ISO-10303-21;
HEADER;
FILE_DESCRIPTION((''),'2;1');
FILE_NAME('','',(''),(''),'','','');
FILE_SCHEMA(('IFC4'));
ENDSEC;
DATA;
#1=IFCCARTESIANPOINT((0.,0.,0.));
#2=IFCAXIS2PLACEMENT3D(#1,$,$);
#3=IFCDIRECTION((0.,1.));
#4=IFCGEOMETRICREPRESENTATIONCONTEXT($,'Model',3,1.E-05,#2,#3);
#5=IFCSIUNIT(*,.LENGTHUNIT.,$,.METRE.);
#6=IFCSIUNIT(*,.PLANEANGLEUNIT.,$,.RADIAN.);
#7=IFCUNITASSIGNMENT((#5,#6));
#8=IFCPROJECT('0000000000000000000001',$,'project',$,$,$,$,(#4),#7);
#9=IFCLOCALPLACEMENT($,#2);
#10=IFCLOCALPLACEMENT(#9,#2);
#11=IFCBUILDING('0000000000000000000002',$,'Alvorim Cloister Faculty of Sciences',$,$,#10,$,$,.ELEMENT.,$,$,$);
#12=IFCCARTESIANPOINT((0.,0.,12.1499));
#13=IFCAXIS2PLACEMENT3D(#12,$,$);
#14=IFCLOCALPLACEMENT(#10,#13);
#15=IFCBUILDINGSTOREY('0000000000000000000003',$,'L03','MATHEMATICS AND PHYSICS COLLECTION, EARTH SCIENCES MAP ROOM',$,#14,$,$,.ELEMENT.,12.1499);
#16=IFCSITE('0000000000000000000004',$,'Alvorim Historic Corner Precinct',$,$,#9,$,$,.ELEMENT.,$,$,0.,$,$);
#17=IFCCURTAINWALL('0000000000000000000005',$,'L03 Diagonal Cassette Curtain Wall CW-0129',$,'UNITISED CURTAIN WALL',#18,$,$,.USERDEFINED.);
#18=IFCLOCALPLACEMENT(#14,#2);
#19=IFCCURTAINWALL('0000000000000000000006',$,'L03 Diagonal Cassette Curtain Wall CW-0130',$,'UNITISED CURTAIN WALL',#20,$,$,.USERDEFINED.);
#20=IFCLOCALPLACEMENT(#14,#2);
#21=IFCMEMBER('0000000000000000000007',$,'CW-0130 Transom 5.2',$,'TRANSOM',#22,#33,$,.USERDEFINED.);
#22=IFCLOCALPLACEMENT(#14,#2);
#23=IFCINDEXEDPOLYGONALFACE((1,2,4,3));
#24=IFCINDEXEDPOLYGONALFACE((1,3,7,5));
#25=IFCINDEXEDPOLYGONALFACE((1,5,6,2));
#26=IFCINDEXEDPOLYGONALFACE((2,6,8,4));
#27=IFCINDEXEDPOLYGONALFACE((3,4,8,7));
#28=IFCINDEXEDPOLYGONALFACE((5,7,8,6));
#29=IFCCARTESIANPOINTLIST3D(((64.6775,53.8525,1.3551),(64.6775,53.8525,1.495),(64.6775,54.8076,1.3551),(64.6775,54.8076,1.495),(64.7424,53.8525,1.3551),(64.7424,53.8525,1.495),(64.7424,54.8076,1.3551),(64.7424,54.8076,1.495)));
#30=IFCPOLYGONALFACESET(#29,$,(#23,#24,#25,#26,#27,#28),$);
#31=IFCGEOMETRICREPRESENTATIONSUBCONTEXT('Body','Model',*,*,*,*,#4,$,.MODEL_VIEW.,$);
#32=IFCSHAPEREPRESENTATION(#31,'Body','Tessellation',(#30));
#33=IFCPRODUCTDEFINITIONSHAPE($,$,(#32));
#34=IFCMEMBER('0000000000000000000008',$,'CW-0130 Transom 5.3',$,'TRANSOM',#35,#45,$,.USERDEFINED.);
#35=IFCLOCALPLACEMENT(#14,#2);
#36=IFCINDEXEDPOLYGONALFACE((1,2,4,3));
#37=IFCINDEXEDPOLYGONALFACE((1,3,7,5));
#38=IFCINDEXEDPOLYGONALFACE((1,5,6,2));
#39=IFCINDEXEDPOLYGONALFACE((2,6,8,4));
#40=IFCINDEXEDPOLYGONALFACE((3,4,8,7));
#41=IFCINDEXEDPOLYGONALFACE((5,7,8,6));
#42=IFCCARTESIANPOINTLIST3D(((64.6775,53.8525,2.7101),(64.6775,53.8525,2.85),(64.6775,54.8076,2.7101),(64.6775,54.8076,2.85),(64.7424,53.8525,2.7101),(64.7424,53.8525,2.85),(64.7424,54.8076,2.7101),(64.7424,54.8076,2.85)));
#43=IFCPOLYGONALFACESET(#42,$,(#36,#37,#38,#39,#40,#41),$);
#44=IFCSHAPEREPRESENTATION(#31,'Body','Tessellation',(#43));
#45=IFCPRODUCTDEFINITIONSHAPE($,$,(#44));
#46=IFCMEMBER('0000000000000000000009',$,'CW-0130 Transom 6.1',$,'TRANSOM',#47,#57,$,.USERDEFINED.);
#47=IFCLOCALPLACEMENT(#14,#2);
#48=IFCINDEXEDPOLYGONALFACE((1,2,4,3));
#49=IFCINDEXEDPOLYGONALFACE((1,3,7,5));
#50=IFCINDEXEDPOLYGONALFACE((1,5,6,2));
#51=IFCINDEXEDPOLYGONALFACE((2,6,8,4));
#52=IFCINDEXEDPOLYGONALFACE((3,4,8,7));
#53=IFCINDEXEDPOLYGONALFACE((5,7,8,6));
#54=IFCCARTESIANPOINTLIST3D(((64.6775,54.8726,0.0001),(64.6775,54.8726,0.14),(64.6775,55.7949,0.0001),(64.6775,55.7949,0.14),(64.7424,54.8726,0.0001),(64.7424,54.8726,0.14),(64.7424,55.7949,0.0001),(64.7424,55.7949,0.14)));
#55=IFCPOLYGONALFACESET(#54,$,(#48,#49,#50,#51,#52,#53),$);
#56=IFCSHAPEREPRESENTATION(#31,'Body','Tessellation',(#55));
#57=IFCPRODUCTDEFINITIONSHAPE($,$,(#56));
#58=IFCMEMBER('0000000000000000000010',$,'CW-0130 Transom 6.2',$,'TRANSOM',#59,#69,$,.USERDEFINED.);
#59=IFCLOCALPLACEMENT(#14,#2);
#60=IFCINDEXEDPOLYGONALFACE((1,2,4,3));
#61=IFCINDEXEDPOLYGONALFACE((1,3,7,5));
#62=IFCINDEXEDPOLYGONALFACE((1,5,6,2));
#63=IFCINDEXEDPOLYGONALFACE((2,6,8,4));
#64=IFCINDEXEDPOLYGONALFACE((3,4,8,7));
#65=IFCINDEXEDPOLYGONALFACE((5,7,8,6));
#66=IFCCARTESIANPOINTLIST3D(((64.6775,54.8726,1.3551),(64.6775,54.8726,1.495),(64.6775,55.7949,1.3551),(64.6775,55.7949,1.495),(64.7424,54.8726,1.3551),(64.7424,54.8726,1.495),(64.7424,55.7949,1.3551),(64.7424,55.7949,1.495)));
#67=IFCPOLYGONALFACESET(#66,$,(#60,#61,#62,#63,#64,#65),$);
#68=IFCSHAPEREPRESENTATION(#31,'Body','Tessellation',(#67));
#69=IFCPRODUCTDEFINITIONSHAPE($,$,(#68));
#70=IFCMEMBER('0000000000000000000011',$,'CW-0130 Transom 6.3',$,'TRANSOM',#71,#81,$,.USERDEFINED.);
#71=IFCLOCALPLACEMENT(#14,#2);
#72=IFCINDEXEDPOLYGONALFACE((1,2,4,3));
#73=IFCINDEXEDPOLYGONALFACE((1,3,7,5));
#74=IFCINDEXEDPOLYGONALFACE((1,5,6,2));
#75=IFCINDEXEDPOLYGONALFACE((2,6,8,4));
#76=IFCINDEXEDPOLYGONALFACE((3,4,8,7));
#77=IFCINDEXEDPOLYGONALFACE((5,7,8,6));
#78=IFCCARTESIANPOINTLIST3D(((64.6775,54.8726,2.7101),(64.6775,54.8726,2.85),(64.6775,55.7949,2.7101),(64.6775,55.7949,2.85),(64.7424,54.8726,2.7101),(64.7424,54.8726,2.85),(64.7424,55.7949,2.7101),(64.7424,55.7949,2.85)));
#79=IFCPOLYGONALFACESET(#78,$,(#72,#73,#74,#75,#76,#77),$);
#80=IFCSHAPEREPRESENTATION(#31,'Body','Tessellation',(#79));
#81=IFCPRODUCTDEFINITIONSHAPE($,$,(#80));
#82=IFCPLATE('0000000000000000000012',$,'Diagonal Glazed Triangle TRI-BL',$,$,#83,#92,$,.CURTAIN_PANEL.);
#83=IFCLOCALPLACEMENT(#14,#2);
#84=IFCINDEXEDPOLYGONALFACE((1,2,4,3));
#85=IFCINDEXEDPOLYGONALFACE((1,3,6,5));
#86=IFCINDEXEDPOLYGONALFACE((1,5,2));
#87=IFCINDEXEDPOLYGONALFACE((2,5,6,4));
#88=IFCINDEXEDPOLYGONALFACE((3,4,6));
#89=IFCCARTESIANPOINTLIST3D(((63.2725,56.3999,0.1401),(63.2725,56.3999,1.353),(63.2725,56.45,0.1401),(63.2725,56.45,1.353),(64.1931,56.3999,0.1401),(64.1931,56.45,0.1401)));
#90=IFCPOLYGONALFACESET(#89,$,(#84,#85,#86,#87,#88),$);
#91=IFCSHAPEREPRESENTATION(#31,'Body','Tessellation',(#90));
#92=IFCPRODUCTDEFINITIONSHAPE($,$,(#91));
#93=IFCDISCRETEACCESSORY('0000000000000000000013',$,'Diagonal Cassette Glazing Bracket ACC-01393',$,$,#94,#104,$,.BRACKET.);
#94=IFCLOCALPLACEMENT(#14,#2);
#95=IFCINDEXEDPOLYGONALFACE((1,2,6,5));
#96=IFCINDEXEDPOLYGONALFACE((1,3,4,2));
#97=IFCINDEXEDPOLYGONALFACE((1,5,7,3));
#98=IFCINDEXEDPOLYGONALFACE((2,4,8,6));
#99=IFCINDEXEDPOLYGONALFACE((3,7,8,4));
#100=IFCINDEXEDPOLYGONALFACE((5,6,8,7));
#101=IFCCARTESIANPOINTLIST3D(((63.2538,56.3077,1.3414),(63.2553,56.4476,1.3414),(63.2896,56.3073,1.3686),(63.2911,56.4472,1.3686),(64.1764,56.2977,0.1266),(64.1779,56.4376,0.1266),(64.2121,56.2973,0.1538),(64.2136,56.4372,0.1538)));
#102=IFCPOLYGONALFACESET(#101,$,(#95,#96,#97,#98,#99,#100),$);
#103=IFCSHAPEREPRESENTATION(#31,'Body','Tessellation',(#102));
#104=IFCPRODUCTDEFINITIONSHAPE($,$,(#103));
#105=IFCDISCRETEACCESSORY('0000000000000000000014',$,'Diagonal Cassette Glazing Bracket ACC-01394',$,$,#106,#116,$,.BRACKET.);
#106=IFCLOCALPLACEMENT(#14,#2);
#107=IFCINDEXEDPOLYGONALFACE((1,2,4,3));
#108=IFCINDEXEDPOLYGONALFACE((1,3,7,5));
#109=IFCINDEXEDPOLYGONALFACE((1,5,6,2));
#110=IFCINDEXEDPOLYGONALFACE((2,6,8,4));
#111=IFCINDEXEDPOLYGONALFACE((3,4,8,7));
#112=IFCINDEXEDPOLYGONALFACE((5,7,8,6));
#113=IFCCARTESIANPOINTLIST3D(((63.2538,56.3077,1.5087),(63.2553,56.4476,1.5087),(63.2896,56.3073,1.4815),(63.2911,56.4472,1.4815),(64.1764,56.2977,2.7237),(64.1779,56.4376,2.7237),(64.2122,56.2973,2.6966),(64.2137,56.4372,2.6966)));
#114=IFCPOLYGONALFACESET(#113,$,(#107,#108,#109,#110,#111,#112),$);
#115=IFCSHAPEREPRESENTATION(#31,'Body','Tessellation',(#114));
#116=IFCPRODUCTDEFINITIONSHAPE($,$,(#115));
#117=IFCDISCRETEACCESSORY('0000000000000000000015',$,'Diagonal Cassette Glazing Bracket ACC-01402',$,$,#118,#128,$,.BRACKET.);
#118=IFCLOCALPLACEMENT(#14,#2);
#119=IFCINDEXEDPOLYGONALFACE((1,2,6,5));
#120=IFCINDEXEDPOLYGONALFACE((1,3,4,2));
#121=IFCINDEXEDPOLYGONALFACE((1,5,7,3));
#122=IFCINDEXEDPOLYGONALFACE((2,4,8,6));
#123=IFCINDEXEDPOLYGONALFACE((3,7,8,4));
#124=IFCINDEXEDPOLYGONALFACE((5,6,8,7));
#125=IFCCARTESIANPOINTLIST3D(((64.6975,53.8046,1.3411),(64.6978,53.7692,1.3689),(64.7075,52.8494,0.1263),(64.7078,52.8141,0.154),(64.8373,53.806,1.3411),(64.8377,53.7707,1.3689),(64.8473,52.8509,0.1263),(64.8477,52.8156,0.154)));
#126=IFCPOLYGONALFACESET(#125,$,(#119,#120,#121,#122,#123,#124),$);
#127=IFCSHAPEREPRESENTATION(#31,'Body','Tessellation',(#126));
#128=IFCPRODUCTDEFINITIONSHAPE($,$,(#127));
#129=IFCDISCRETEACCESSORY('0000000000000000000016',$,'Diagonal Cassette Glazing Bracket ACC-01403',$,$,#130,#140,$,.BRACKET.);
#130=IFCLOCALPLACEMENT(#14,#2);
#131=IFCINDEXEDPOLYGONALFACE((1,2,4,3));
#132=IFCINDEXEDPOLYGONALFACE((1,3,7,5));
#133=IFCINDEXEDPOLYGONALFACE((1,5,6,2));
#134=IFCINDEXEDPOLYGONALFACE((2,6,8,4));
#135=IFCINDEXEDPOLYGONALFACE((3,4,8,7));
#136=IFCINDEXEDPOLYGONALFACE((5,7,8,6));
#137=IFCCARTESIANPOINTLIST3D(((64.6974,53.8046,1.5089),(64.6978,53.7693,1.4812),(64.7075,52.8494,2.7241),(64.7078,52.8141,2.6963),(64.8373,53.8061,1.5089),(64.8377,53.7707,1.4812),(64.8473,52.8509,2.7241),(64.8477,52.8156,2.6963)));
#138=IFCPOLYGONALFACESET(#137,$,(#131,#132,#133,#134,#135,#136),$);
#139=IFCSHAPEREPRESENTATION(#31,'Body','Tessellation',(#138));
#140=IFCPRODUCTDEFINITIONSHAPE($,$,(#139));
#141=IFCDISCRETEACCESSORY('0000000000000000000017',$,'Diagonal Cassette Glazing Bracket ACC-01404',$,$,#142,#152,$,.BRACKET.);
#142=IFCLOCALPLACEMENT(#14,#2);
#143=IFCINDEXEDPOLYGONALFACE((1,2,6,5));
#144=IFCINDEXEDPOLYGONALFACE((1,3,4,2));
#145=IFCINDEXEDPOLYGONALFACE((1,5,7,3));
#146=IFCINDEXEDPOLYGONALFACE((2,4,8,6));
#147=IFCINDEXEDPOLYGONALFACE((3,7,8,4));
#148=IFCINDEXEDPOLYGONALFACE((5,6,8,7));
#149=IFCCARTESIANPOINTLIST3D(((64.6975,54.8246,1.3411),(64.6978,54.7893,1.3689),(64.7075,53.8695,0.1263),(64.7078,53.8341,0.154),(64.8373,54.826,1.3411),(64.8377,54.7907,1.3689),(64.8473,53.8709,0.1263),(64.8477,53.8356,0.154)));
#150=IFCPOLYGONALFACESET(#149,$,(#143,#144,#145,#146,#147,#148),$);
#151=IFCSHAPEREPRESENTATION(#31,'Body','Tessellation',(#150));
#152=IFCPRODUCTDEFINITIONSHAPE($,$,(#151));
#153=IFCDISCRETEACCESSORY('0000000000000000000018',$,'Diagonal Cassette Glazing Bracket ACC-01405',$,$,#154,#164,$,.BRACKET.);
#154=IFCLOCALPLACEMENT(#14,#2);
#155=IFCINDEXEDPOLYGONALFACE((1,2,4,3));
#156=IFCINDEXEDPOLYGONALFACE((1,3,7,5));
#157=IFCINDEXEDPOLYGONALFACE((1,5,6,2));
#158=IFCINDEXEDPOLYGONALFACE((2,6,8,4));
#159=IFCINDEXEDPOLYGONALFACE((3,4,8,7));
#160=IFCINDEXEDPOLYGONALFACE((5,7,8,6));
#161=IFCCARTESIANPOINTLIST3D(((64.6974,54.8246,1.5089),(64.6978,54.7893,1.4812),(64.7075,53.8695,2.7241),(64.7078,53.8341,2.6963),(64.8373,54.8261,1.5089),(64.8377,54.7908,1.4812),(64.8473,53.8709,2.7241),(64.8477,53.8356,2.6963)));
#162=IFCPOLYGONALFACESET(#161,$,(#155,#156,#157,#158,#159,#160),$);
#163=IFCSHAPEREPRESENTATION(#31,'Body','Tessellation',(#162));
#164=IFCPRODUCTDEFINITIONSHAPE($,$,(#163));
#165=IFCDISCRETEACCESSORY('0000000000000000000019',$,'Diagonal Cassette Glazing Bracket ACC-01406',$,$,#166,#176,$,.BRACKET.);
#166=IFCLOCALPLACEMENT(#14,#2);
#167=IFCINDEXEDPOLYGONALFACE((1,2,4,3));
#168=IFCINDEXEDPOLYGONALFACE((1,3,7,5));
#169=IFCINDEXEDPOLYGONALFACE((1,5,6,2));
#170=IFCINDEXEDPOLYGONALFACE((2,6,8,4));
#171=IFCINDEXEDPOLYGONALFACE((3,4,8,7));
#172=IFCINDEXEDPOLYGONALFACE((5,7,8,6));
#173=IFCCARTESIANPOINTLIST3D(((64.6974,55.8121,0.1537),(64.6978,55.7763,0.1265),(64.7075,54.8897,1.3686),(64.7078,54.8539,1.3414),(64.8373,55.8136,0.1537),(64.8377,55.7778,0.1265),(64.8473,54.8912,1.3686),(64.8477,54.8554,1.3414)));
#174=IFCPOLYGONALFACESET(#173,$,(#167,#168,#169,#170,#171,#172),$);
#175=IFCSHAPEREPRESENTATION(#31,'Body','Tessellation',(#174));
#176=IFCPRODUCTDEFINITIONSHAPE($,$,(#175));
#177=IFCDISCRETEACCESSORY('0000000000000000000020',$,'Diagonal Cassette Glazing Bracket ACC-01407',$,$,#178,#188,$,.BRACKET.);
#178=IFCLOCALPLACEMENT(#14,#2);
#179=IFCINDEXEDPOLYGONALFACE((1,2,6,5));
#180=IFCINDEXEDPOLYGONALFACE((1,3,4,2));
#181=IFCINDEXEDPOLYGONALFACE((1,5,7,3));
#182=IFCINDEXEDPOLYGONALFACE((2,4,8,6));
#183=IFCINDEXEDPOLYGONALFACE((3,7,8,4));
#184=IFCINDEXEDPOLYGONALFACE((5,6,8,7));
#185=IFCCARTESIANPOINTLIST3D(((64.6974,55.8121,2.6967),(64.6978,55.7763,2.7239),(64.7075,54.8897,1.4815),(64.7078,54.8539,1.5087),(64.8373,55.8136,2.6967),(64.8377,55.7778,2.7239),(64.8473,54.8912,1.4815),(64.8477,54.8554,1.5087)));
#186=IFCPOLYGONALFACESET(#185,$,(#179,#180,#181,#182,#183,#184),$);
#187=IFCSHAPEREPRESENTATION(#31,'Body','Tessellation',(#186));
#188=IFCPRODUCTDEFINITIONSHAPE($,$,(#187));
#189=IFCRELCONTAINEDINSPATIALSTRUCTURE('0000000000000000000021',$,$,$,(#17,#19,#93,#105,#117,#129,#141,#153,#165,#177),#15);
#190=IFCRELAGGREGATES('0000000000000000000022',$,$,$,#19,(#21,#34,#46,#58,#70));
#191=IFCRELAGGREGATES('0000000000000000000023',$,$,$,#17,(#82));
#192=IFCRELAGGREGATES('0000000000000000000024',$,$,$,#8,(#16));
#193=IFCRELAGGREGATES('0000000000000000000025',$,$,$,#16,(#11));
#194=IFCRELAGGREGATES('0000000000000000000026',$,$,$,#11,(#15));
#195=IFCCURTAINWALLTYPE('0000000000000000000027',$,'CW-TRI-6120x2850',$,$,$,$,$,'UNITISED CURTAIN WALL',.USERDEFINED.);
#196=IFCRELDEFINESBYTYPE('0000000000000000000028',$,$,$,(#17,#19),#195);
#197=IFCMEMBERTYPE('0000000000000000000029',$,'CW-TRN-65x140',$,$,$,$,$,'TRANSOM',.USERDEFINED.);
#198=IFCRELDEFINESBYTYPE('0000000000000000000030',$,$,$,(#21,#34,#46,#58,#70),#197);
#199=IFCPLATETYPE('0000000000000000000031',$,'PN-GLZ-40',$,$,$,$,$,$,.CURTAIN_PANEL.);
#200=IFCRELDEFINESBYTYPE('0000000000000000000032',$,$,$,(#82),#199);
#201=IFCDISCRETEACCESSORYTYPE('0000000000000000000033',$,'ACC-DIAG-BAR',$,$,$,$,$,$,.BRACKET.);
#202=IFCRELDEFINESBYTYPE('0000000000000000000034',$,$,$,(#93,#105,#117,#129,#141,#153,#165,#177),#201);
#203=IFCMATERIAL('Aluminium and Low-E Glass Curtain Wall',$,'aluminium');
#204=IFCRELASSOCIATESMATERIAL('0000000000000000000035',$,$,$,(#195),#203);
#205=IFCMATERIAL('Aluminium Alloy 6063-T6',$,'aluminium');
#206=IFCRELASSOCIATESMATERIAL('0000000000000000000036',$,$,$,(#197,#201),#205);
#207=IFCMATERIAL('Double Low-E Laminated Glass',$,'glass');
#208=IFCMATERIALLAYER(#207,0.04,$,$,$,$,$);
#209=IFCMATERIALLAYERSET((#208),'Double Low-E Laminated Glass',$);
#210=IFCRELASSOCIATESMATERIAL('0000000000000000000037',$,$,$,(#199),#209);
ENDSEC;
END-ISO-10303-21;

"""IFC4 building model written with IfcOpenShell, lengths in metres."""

from ifc_helpers import new_model, si_unit, direction, frame, origin, origin_2d, place, context, subcontext, project, spatial, polyline, rectangle, outline, extrude, material, layer, layer_set, material_profile, profile_set, type_object, element, aggregate, save


model = new_model("IFC4")

# Units and contexts
model_context = context("Model", 3, precision=1e-05, world=origin(), true_north=direction((0.0, 1.0)))
body_context = subcontext(model_context, "Body", "Model", "MODEL_VIEW")
ifc_project = project(units=[si_unit("LENGTHUNIT", "METRE"), si_unit("PLANEANGLEUNIT", "RADIAN")], contexts=[model_context])

# Site, building, storey
site_placement = place(None, origin())
site = spatial("IfcSite", under=ifc_project, at=site_placement, Name="Alvorim Historic Corner Precinct", CompositionType="ELEMENT", RefElevation=0.0)
building_placement = place(site_placement, origin())
building = spatial("IfcBuilding", under=site, at=building_placement, Name="Alvorim Cloister Faculty of Sciences", CompositionType="ELEMENT")
storey_placement = place(building_placement, frame((0.0, 0.0, 12.1499)))
storey = spatial("IfcBuildingStorey", under=building, at=storey_placement, Name="L03", Description="MATHEMATICS AND PHYSICS COLLECTION, EARTH SCIENCES MAP ROOM", CompositionType="ELEMENT", Elevation=12.1499)

# Curtain walls
ifc_material_1 = material(Name="Aluminium and Low-E Glass Curtain Wall", Category="aluminium")
curtain_wall_type = type_object("IfcCurtainWallType", Name="CW-TRI-6120x2850", ElementType="UNITISED CURTAIN WALL", PredefinedType="USERDEFINED", material=ifc_material_1)
curtain_wall_1_placement = place(storey_placement, origin())
curtain_wall_1 = element("IfcCurtainWall", 1, at=curtain_wall_1_placement, inside=storey, type_object=curtain_wall_type, Name="L03 Diagonal Cassette Curtain Wall CW-0129", ObjectType="UNITISED CURTAIN WALL", PredefinedType="USERDEFINED")
ifc_material_2 = material(Name="Aluminium Alloy 6063-T6", Category="aluminium")
curtain_wall_2_placement = place(storey_placement, origin())
curtain_wall_2 = element("IfcCurtainWall", 2, at=curtain_wall_2_placement, inside=storey, type_object=curtain_wall_type, Name="L03 Diagonal Cassette Curtain Wall CW-0130", ObjectType="UNITISED CURTAIN WALL", PredefinedType="USERDEFINED")

# Members
ifc_material_profile_1 = material_profile(ifc_material_2, rectangle(XDim=0.0649, YDim=0.1399, at=origin_2d()), Name="ALU-TRN-65x140")
ifc_profile_set_1 = profile_set([ifc_material_profile_1], Name="Aluminium Alloy 6063-T6")
member_type_1 = type_object("IfcMemberType", Name="CW-TRN-65x140", ElementType="TRANSOM", PredefinedType="USERDEFINED", material=ifc_profile_set_1)
member_1_placement = place(storey_placement, frame((64.71, 53.8525, 1.425), z_axis=(0.0, 1.0, 0.0), x_axis=(-1.0, 0.0, 0.0)))
member_1 = element("IfcMember", 3, at=member_1_placement, type_object=member_type_1, Name="CW-0130 Transom 5.2", ObjectType="TRANSOM", PredefinedType="USERDEFINED", context=body_context, shape_type="SweptSolid", body=[
    extrude(rectangle(XDim=0.0649, YDim=0.1399, at=origin_2d()), origin(), (0.0, 0.0, 1.0), 0.9551),
])
member_2_placement = place(storey_placement, frame((64.71, 53.8525, 2.78), z_axis=(0.0, 1.0, 0.0), x_axis=(-1.0, 0.0, 0.0)))
member_2 = element("IfcMember", 4, at=member_2_placement, type_object=member_type_1, Name="CW-0130 Transom 5.3", ObjectType="TRANSOM", PredefinedType="USERDEFINED", context=body_context, shape_type="SweptSolid", body=[
    extrude(rectangle(XDim=0.0649, YDim=0.1399, at=origin_2d()), origin(), (0.0, 0.0, 1.0), 0.9551),
])
member_3_placement = place(storey_placement, frame((64.71, 54.8726, 0.0701), z_axis=(0.0, 1.0, 0.0), x_axis=(-1.0, 0.0, 0.0)))
member_3 = element("IfcMember", 5, at=member_3_placement, type_object=member_type_1, Name="CW-0130 Transom 6.1", ObjectType="TRANSOM", PredefinedType="USERDEFINED", context=body_context, shape_type="SweptSolid", body=[
    extrude(rectangle(XDim=0.0649, YDim=0.1399, at=origin_2d()), origin(), (0.0, 0.0, 1.0), 0.9224),
])
member_4_placement = place(storey_placement, frame((64.71, 54.8726, 1.425), z_axis=(0.0, 1.0, 0.0), x_axis=(-1.0, 0.0, 0.0)))
member_4 = element("IfcMember", 6, at=member_4_placement, type_object=member_type_1, Name="CW-0130 Transom 6.2", ObjectType="TRANSOM", PredefinedType="USERDEFINED", context=body_context, shape_type="SweptSolid", body=[
    extrude(rectangle(XDim=0.0649, YDim=0.1399, at=origin_2d()), origin(), (0.0, 0.0, 1.0), 0.9224),
])
member_5_placement = place(storey_placement, frame((64.71, 54.8726, 2.78), z_axis=(0.0, 1.0, 0.0), x_axis=(-1.0, 0.0, 0.0)))
member_5 = element("IfcMember", 7, at=member_5_placement, type_object=member_type_1, Name="CW-0130 Transom 6.3", ObjectType="TRANSOM", PredefinedType="USERDEFINED", context=body_context, shape_type="SweptSolid", body=[
    extrude(rectangle(XDim=0.0649, YDim=0.1399, at=origin_2d()), origin(), (0.0, 0.0, 1.0), 0.9224),
])
aggregate(curtain_wall_2, [member_1, member_2, member_3, member_4, member_5])

# Plate
ifc_material_3 = material(Name="Double Low-E Laminated Glass", Category="glass")
ifc_layer = layer(ifc_material_3, 0.04)
ifc_layer_set = layer_set([ifc_layer], Name="Double Low-E Laminated Glass")
plate_type = type_object("IfcPlateType", Name="PN-GLZ-40", PredefinedType="CURTAIN_PANEL", material=ifc_layer_set)
plate_1_placement = place(storey_placement, frame((63.2725, 56.425, 0.1401), z_axis=(0.0, 0.0, 1.0), x_axis=(1.0, 0.0, 0.0)))
plate_1 = element("IfcPlate", 8, at=plate_1_placement, type_object=plate_type, Name="Diagonal Glazed Triangle TRI-BL", PredefinedType="CURTAIN_PANEL", context=body_context, shape_type="SweptSolid", body=[
    extrude(outline(polyline([(0.0, 0.0), (0.9207, 0.0), (0.0, 1.2129), (0.0, 0.0)])), frame((0.0, 0.0249, 0.0), z_axis=(0.0, -1.0, 0.0), x_axis=(1.0, 0.0, 0.0)), (0.0, 0.0, 1.0), 0.05),
])
aggregate(curtain_wall_1, [plate_1])

# Discrete accessories
discrete_accessory_type = type_object("IfcDiscreteAccessoryType", Name="ACC-DIAG-BAR", PredefinedType="BRACKET", material=ifc_material_2)
discrete_accessory_1_placement = place(storey_placement, frame((63.2725, 56.3774, 1.355), z_axis=(0.60479, -0.006562, -0.796358), x_axis=(0.010849, 0.999941, 0.0)))
element("IfcDiscreteAccessory", 9, at=discrete_accessory_1_placement, inside=storey, type_object=discrete_accessory_type, Name="Diagonal Cassette Glazing Bracket ACC-01393", PredefinedType="BRACKET", context=body_context, shape_type="SweptSolid", body=[
    extrude(rectangle(XDim=0.1399, YDim=0.0449, at=origin_2d()), origin(), (0.0, 0.0, 1.0), 1.5254),
])
discrete_accessory_2_placement = place(storey_placement, frame((63.2725, 56.3774, 1.4951), z_axis=(0.604713, -0.006561, 0.796416), x_axis=(0.010849, 0.999941, 0.0)))
element("IfcDiscreteAccessory", 10, at=discrete_accessory_2_placement, inside=storey, type_object=discrete_accessory_type, Name="Diagonal Cassette Glazing Bracket ACC-01394", PredefinedType="BRACKET", context=body_context, shape_type="SweptSolid", body=[
    extrude(rectangle(XDim=0.1399, YDim=0.0449, at=origin_2d()), origin(), (0.0, 0.0, 1.0), 1.5256),
])
discrete_accessory_3_placement = place(storey_placement, frame((64.7776, 52.8325, 0.1401), z_axis=(-0.006477, 0.618032, 0.786126), x_axis=(-0.999945, -0.01048, 0.0)))
element("IfcDiscreteAccessory", 11, at=discrete_accessory_3_placement, inside=storey, type_object=discrete_accessory_type, Name="Diagonal Cassette Glazing Bracket ACC-01402", PredefinedType="BRACKET", context=body_context, shape_type="SweptSolid", body=[
    extrude(rectangle(XDim=0.1399, YDim=0.0449, at=origin_2d()), origin(), (0.0, 0.0, 1.0), 1.5454),
])
discrete_accessory_4_placement = place(storey_placement, frame((64.7776, 52.8325, 2.7102), z_axis=(-0.006477, 0.617955, -0.786187), x_axis=(-0.999945, -0.01048, 0.0)))
element("IfcDiscreteAccessory", 12, at=discrete_accessory_4_placement, inside=storey, type_object=discrete_accessory_type, Name="Diagonal Cassette Glazing Bracket ACC-01403", PredefinedType="BRACKET", context=body_context, shape_type="SweptSolid", body=[
    extrude(rectangle(XDim=0.1399, YDim=0.0449, at=origin_2d()), origin(), (0.0, 0.0, 1.0), 1.5457),
])
discrete_accessory_5_placement = place(storey_placement, frame((64.7776, 53.8525, 0.1401), z_axis=(-0.006477, 0.618032, 0.786126), x_axis=(-0.999945, -0.01048, 0.0)))
element("IfcDiscreteAccessory", 13, at=discrete_accessory_5_placement, inside=storey, type_object=discrete_accessory_type, Name="Diagonal Cassette Glazing Bracket ACC-01404", PredefinedType="BRACKET", context=body_context, shape_type="SweptSolid", body=[
    extrude(rectangle(XDim=0.1399, YDim=0.0449, at=origin_2d()), origin(), (0.0, 0.0, 1.0), 1.5454),
])
discrete_accessory_6_placement = place(storey_placement, frame((64.7776, 53.8525, 2.7102), z_axis=(-0.006477, 0.617955, -0.786187), x_axis=(-0.999945, -0.01048, 0.0)))
element("IfcDiscreteAccessory", 14, at=discrete_accessory_6_placement, inside=storey, type_object=discrete_accessory_type, Name="Diagonal Cassette Glazing Bracket ACC-01405", PredefinedType="BRACKET", context=body_context, shape_type="SweptSolid", body=[
    extrude(rectangle(XDim=0.1399, YDim=0.0449, at=origin_2d()), origin(), (0.0, 0.0, 1.0), 1.5457),
])
discrete_accessory_7_placement = place(storey_placement, frame((64.7776, 54.8726, 1.355), z_axis=(-0.006562, 0.604689, -0.796435), x_axis=(-0.999941, -0.010852, 0.0)))
element("IfcDiscreteAccessory", 15, at=discrete_accessory_7_placement, inside=storey, type_object=discrete_accessory_type, Name="Diagonal Cassette Glazing Bracket ACC-01406", PredefinedType="BRACKET", context=body_context, shape_type="SweptSolid", body=[
    extrude(rectangle(XDim=0.1399, YDim=0.0449, at=origin_2d()), origin(), (0.0, 0.0, 1.0), 1.5254),
])
discrete_accessory_8_placement = place(storey_placement, frame((64.7776, 54.8726, 1.4951), z_axis=(-0.006561, 0.604612, 0.796493), x_axis=(-0.999941, -0.010852, 0.0)))
element("IfcDiscreteAccessory", 16, at=discrete_accessory_8_placement, inside=storey, type_object=discrete_accessory_type, Name="Diagonal Cassette Glazing Bracket ACC-01407", PredefinedType="BRACKET", context=body_context, shape_type="SweptSolid", body=[
    extrude(rectangle(XDim=0.1399, YDim=0.0449, at=origin_2d()), origin(), (0.0, 0.0, 1.0), 1.5256),
])

save(model, "model.ifc")
